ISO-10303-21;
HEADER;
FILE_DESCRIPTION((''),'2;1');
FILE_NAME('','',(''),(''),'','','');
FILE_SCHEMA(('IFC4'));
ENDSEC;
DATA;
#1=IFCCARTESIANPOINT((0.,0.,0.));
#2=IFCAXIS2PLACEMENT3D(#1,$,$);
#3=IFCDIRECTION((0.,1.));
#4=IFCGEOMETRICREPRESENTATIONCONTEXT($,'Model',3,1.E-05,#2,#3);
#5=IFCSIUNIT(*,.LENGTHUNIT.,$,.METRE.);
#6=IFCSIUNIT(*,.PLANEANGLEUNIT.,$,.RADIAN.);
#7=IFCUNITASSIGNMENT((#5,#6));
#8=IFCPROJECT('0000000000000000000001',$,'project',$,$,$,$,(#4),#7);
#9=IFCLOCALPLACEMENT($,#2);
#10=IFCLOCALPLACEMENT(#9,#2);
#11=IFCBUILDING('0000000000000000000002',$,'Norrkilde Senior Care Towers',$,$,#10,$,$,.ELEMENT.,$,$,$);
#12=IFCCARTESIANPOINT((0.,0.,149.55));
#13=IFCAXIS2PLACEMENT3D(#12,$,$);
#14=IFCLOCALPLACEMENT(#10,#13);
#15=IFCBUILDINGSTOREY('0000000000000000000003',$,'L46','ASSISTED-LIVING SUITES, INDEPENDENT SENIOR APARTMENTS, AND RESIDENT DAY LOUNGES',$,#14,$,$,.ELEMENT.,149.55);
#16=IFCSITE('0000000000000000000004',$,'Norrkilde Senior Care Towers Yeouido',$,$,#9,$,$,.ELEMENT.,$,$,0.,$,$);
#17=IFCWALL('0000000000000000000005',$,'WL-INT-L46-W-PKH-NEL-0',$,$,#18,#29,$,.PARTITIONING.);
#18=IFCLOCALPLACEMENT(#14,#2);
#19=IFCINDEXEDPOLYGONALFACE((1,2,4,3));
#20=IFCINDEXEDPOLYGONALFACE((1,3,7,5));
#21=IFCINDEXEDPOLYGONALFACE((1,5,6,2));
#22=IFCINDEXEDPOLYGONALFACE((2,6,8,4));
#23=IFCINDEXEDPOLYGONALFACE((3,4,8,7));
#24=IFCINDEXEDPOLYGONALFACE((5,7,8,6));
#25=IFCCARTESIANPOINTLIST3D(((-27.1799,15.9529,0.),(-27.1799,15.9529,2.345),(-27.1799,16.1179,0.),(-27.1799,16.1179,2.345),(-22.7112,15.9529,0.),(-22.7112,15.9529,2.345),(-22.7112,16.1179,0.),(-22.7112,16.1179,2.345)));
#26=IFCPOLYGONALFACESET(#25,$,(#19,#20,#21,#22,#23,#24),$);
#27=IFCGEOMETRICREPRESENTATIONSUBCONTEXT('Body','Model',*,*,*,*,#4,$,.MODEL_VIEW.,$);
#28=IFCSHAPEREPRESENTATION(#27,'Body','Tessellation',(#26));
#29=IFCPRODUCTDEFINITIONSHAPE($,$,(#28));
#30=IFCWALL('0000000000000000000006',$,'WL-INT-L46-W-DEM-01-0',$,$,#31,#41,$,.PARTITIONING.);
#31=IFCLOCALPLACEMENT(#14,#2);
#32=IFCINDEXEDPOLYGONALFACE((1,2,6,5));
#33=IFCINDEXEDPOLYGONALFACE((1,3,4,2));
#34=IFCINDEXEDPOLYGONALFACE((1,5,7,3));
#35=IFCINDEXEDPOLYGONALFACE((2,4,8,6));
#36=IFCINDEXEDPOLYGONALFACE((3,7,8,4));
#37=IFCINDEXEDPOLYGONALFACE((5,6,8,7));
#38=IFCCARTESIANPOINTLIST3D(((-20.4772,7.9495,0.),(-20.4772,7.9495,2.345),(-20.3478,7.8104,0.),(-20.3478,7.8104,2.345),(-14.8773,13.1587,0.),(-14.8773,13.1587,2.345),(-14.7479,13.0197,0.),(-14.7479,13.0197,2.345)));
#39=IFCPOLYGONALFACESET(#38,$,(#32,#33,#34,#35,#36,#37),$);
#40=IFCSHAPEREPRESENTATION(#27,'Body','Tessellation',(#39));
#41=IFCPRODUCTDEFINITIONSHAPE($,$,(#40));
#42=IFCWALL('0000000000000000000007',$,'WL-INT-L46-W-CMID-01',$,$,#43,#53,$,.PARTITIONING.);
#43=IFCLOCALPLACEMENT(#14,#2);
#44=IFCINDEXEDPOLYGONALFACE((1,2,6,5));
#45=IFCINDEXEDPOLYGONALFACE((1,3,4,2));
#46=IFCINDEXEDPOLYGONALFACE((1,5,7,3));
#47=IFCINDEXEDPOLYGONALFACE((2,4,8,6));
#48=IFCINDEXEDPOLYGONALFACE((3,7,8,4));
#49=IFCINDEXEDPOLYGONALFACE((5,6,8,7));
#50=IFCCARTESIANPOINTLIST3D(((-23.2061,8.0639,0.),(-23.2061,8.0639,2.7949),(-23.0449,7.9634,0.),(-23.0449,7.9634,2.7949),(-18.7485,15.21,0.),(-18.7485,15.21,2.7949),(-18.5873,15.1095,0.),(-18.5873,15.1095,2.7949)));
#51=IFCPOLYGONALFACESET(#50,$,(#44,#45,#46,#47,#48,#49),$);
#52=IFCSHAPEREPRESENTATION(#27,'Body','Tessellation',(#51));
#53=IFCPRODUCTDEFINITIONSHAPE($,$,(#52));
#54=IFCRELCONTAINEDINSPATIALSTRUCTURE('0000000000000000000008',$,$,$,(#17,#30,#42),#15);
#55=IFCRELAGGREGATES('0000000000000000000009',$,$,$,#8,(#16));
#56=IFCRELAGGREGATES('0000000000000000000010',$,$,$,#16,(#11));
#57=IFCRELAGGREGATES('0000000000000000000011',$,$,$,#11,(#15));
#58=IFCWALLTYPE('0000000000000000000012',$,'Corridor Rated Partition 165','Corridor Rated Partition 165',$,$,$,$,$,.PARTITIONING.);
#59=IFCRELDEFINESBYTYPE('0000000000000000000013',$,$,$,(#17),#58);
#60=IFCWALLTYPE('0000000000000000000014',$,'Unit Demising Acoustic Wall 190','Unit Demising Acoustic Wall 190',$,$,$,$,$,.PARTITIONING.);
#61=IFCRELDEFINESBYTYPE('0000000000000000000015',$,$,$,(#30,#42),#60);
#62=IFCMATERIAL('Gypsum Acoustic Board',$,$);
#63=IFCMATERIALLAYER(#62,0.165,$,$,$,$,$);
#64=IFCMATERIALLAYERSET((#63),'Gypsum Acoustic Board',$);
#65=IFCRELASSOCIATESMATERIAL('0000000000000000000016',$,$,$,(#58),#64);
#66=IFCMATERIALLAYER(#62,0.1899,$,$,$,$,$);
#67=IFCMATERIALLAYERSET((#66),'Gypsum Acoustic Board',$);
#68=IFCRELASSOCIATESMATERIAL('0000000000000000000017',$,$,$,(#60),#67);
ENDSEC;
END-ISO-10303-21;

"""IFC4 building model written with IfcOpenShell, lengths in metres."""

from ifc_helpers import new_model, si_unit, direction, frame, frame_2d, origin, place, context, subcontext, project, spatial, rectangle, extrude, source, transform, mapped, material, layer, layer_set, type_object, type_shapes, element, save


model = new_model("IFC4")

# Units and contexts
model_context = context("Model", 3, precision=1e-05, world=origin(), true_north=direction((0.0, 1.0)))
body_context = subcontext(model_context, "Body", "Model", "MODEL_VIEW")
ifc_project = project(units=[si_unit("LENGTHUNIT", "METRE"), si_unit("PLANEANGLEUNIT", "RADIAN")], contexts=[model_context])

# Site, building, storey
site_placement = place(None, origin())
site = spatial("IfcSite", under=ifc_project, at=site_placement, Name="Norrkilde Senior Care Towers Yeouido", CompositionType="ELEMENT", RefElevation=0.0)
building_placement = place(site_placement, origin())
building = spatial("IfcBuilding", under=site, at=building_placement, Name="Norrkilde Senior Care Towers", CompositionType="ELEMENT")
storey_placement = place(building_placement, frame((0.0, 0.0, 149.55)))
storey = spatial("IfcBuildingStorey", under=building, at=storey_placement, Name="L46", Description="ASSISTED-LIVING SUITES, INDEPENDENT SENIOR APARTMENTS, AND RESIDENT DAY LOUNGES", CompositionType="ELEMENT", Elevation=149.55)

# Walls
ifc_material_1 = material(Name="Gypsum Acoustic Board")
ifc_layer_1 = layer(ifc_material_1, 0.165)
ifc_layer_set_1 = layer_set([ifc_layer_1], Name="Gypsum Acoustic Board")
wall_type_1 = type_object("IfcWallType", Name="Corridor Rated Partition 165", Description="Corridor Rated Partition 165", PredefinedType="PARTITIONING", material=ifc_layer_set_1)
shared_shape_1 = source(origin(), body_context, "Body", "SweptSolid", [
    extrude(rectangle(XDim=4.4688, YDim=0.165, at=frame_2d((2.2344, 0.0))), origin(), (0.0, 0.0, 1.0), 2.345),
])
wall_1_placement = place(storey_placement, frame((-27.1799, 16.0354, 0.0), z_axis=(0.0, 0.0, 1.0), x_axis=(1.0, 0.0, 0.0)))
element("IfcWall", 1, at=wall_1_placement, inside=storey, type_object=wall_type_1, Name="WL-INT-L46-W-PKH-NEL-0", PredefinedType="PARTITIONING", context=body_context, shape_type="MappedRepresentation", body=[
    mapped(shared_shape_1, transform((0.0, 0.0, 0.0), x_axis=(1.0, 0.0, 0.0), y_axis=(0.0, 1.0, 0.0), z_axis=(0.0, 0.0, 1.0), scale=1.0)),
])
ifc_layer_2 = layer(ifc_material_1, 0.1899)
ifc_layer_set_2 = layer_set([ifc_layer_2], Name="Gypsum Acoustic Board")
wall_type_2 = type_object("IfcWallType", Name="Unit Demising Acoustic Wall 190", Description="Unit Demising Acoustic Wall 190", PredefinedType="PARTITIONING", material=ifc_layer_set_2)
shared_shape_2 = source(origin(), body_context, "Body", "SweptSolid", [
    extrude(rectangle(XDim=7.6482, YDim=0.1899, at=frame_2d((3.8242, 0.0))), origin(), (0.0, 0.0, 1.0), 2.345),
])
wall_2_placement = place(storey_placement, frame((-20.4126, 7.8799, 0.0), z_axis=(0.0, 0.0, 1.0), x_axis=(0.732183, 0.681108, 0.0)))
element("IfcWall", 2, at=wall_2_placement, inside=storey, type_object=wall_type_2, Name="WL-INT-L46-W-DEM-01-0", PredefinedType="PARTITIONING", context=body_context, shape_type="MappedRepresentation", body=[
    mapped(shared_shape_2, transform((0.0, 0.0, 0.0), x_axis=(1.0, 0.0, 0.0), y_axis=(0.0, 1.0, 0.0), z_axis=(0.0, 0.0, 1.0), scale=1.0)),
])
shared_shape_3 = source(origin(), body_context, "Body", "SweptSolid", [
    extrude(rectangle(XDim=8.4224, YDim=0.1899, at=frame_2d((4.2112, 0.0))), origin(), (0.0, 0.0, 1.0), 2.7949),
])
type_shapes(wall_type_2, [shared_shape_2, shared_shape_3])
wall_3_placement = place(storey_placement, frame((-23.1255, 8.0137, 0.0), z_axis=(0.0, 0.0, 1.0), x_axis=(0.529254, 0.848464, 0.0)))
element("IfcWall", 3, at=wall_3_placement, inside=storey, type_object=wall_type_2, Name="WL-INT-L46-W-CMID-01", PredefinedType="PARTITIONING", context=body_context, shape_type="MappedRepresentation", body=[
    mapped(shared_shape_3, transform((0.0, 0.0, 0.0), x_axis=(1.0, 0.0, 0.0), y_axis=(0.0, 1.0, 0.0), z_axis=(0.0, 0.0, 1.0), scale=1.0)),
])

save(model, "model.ifc")
